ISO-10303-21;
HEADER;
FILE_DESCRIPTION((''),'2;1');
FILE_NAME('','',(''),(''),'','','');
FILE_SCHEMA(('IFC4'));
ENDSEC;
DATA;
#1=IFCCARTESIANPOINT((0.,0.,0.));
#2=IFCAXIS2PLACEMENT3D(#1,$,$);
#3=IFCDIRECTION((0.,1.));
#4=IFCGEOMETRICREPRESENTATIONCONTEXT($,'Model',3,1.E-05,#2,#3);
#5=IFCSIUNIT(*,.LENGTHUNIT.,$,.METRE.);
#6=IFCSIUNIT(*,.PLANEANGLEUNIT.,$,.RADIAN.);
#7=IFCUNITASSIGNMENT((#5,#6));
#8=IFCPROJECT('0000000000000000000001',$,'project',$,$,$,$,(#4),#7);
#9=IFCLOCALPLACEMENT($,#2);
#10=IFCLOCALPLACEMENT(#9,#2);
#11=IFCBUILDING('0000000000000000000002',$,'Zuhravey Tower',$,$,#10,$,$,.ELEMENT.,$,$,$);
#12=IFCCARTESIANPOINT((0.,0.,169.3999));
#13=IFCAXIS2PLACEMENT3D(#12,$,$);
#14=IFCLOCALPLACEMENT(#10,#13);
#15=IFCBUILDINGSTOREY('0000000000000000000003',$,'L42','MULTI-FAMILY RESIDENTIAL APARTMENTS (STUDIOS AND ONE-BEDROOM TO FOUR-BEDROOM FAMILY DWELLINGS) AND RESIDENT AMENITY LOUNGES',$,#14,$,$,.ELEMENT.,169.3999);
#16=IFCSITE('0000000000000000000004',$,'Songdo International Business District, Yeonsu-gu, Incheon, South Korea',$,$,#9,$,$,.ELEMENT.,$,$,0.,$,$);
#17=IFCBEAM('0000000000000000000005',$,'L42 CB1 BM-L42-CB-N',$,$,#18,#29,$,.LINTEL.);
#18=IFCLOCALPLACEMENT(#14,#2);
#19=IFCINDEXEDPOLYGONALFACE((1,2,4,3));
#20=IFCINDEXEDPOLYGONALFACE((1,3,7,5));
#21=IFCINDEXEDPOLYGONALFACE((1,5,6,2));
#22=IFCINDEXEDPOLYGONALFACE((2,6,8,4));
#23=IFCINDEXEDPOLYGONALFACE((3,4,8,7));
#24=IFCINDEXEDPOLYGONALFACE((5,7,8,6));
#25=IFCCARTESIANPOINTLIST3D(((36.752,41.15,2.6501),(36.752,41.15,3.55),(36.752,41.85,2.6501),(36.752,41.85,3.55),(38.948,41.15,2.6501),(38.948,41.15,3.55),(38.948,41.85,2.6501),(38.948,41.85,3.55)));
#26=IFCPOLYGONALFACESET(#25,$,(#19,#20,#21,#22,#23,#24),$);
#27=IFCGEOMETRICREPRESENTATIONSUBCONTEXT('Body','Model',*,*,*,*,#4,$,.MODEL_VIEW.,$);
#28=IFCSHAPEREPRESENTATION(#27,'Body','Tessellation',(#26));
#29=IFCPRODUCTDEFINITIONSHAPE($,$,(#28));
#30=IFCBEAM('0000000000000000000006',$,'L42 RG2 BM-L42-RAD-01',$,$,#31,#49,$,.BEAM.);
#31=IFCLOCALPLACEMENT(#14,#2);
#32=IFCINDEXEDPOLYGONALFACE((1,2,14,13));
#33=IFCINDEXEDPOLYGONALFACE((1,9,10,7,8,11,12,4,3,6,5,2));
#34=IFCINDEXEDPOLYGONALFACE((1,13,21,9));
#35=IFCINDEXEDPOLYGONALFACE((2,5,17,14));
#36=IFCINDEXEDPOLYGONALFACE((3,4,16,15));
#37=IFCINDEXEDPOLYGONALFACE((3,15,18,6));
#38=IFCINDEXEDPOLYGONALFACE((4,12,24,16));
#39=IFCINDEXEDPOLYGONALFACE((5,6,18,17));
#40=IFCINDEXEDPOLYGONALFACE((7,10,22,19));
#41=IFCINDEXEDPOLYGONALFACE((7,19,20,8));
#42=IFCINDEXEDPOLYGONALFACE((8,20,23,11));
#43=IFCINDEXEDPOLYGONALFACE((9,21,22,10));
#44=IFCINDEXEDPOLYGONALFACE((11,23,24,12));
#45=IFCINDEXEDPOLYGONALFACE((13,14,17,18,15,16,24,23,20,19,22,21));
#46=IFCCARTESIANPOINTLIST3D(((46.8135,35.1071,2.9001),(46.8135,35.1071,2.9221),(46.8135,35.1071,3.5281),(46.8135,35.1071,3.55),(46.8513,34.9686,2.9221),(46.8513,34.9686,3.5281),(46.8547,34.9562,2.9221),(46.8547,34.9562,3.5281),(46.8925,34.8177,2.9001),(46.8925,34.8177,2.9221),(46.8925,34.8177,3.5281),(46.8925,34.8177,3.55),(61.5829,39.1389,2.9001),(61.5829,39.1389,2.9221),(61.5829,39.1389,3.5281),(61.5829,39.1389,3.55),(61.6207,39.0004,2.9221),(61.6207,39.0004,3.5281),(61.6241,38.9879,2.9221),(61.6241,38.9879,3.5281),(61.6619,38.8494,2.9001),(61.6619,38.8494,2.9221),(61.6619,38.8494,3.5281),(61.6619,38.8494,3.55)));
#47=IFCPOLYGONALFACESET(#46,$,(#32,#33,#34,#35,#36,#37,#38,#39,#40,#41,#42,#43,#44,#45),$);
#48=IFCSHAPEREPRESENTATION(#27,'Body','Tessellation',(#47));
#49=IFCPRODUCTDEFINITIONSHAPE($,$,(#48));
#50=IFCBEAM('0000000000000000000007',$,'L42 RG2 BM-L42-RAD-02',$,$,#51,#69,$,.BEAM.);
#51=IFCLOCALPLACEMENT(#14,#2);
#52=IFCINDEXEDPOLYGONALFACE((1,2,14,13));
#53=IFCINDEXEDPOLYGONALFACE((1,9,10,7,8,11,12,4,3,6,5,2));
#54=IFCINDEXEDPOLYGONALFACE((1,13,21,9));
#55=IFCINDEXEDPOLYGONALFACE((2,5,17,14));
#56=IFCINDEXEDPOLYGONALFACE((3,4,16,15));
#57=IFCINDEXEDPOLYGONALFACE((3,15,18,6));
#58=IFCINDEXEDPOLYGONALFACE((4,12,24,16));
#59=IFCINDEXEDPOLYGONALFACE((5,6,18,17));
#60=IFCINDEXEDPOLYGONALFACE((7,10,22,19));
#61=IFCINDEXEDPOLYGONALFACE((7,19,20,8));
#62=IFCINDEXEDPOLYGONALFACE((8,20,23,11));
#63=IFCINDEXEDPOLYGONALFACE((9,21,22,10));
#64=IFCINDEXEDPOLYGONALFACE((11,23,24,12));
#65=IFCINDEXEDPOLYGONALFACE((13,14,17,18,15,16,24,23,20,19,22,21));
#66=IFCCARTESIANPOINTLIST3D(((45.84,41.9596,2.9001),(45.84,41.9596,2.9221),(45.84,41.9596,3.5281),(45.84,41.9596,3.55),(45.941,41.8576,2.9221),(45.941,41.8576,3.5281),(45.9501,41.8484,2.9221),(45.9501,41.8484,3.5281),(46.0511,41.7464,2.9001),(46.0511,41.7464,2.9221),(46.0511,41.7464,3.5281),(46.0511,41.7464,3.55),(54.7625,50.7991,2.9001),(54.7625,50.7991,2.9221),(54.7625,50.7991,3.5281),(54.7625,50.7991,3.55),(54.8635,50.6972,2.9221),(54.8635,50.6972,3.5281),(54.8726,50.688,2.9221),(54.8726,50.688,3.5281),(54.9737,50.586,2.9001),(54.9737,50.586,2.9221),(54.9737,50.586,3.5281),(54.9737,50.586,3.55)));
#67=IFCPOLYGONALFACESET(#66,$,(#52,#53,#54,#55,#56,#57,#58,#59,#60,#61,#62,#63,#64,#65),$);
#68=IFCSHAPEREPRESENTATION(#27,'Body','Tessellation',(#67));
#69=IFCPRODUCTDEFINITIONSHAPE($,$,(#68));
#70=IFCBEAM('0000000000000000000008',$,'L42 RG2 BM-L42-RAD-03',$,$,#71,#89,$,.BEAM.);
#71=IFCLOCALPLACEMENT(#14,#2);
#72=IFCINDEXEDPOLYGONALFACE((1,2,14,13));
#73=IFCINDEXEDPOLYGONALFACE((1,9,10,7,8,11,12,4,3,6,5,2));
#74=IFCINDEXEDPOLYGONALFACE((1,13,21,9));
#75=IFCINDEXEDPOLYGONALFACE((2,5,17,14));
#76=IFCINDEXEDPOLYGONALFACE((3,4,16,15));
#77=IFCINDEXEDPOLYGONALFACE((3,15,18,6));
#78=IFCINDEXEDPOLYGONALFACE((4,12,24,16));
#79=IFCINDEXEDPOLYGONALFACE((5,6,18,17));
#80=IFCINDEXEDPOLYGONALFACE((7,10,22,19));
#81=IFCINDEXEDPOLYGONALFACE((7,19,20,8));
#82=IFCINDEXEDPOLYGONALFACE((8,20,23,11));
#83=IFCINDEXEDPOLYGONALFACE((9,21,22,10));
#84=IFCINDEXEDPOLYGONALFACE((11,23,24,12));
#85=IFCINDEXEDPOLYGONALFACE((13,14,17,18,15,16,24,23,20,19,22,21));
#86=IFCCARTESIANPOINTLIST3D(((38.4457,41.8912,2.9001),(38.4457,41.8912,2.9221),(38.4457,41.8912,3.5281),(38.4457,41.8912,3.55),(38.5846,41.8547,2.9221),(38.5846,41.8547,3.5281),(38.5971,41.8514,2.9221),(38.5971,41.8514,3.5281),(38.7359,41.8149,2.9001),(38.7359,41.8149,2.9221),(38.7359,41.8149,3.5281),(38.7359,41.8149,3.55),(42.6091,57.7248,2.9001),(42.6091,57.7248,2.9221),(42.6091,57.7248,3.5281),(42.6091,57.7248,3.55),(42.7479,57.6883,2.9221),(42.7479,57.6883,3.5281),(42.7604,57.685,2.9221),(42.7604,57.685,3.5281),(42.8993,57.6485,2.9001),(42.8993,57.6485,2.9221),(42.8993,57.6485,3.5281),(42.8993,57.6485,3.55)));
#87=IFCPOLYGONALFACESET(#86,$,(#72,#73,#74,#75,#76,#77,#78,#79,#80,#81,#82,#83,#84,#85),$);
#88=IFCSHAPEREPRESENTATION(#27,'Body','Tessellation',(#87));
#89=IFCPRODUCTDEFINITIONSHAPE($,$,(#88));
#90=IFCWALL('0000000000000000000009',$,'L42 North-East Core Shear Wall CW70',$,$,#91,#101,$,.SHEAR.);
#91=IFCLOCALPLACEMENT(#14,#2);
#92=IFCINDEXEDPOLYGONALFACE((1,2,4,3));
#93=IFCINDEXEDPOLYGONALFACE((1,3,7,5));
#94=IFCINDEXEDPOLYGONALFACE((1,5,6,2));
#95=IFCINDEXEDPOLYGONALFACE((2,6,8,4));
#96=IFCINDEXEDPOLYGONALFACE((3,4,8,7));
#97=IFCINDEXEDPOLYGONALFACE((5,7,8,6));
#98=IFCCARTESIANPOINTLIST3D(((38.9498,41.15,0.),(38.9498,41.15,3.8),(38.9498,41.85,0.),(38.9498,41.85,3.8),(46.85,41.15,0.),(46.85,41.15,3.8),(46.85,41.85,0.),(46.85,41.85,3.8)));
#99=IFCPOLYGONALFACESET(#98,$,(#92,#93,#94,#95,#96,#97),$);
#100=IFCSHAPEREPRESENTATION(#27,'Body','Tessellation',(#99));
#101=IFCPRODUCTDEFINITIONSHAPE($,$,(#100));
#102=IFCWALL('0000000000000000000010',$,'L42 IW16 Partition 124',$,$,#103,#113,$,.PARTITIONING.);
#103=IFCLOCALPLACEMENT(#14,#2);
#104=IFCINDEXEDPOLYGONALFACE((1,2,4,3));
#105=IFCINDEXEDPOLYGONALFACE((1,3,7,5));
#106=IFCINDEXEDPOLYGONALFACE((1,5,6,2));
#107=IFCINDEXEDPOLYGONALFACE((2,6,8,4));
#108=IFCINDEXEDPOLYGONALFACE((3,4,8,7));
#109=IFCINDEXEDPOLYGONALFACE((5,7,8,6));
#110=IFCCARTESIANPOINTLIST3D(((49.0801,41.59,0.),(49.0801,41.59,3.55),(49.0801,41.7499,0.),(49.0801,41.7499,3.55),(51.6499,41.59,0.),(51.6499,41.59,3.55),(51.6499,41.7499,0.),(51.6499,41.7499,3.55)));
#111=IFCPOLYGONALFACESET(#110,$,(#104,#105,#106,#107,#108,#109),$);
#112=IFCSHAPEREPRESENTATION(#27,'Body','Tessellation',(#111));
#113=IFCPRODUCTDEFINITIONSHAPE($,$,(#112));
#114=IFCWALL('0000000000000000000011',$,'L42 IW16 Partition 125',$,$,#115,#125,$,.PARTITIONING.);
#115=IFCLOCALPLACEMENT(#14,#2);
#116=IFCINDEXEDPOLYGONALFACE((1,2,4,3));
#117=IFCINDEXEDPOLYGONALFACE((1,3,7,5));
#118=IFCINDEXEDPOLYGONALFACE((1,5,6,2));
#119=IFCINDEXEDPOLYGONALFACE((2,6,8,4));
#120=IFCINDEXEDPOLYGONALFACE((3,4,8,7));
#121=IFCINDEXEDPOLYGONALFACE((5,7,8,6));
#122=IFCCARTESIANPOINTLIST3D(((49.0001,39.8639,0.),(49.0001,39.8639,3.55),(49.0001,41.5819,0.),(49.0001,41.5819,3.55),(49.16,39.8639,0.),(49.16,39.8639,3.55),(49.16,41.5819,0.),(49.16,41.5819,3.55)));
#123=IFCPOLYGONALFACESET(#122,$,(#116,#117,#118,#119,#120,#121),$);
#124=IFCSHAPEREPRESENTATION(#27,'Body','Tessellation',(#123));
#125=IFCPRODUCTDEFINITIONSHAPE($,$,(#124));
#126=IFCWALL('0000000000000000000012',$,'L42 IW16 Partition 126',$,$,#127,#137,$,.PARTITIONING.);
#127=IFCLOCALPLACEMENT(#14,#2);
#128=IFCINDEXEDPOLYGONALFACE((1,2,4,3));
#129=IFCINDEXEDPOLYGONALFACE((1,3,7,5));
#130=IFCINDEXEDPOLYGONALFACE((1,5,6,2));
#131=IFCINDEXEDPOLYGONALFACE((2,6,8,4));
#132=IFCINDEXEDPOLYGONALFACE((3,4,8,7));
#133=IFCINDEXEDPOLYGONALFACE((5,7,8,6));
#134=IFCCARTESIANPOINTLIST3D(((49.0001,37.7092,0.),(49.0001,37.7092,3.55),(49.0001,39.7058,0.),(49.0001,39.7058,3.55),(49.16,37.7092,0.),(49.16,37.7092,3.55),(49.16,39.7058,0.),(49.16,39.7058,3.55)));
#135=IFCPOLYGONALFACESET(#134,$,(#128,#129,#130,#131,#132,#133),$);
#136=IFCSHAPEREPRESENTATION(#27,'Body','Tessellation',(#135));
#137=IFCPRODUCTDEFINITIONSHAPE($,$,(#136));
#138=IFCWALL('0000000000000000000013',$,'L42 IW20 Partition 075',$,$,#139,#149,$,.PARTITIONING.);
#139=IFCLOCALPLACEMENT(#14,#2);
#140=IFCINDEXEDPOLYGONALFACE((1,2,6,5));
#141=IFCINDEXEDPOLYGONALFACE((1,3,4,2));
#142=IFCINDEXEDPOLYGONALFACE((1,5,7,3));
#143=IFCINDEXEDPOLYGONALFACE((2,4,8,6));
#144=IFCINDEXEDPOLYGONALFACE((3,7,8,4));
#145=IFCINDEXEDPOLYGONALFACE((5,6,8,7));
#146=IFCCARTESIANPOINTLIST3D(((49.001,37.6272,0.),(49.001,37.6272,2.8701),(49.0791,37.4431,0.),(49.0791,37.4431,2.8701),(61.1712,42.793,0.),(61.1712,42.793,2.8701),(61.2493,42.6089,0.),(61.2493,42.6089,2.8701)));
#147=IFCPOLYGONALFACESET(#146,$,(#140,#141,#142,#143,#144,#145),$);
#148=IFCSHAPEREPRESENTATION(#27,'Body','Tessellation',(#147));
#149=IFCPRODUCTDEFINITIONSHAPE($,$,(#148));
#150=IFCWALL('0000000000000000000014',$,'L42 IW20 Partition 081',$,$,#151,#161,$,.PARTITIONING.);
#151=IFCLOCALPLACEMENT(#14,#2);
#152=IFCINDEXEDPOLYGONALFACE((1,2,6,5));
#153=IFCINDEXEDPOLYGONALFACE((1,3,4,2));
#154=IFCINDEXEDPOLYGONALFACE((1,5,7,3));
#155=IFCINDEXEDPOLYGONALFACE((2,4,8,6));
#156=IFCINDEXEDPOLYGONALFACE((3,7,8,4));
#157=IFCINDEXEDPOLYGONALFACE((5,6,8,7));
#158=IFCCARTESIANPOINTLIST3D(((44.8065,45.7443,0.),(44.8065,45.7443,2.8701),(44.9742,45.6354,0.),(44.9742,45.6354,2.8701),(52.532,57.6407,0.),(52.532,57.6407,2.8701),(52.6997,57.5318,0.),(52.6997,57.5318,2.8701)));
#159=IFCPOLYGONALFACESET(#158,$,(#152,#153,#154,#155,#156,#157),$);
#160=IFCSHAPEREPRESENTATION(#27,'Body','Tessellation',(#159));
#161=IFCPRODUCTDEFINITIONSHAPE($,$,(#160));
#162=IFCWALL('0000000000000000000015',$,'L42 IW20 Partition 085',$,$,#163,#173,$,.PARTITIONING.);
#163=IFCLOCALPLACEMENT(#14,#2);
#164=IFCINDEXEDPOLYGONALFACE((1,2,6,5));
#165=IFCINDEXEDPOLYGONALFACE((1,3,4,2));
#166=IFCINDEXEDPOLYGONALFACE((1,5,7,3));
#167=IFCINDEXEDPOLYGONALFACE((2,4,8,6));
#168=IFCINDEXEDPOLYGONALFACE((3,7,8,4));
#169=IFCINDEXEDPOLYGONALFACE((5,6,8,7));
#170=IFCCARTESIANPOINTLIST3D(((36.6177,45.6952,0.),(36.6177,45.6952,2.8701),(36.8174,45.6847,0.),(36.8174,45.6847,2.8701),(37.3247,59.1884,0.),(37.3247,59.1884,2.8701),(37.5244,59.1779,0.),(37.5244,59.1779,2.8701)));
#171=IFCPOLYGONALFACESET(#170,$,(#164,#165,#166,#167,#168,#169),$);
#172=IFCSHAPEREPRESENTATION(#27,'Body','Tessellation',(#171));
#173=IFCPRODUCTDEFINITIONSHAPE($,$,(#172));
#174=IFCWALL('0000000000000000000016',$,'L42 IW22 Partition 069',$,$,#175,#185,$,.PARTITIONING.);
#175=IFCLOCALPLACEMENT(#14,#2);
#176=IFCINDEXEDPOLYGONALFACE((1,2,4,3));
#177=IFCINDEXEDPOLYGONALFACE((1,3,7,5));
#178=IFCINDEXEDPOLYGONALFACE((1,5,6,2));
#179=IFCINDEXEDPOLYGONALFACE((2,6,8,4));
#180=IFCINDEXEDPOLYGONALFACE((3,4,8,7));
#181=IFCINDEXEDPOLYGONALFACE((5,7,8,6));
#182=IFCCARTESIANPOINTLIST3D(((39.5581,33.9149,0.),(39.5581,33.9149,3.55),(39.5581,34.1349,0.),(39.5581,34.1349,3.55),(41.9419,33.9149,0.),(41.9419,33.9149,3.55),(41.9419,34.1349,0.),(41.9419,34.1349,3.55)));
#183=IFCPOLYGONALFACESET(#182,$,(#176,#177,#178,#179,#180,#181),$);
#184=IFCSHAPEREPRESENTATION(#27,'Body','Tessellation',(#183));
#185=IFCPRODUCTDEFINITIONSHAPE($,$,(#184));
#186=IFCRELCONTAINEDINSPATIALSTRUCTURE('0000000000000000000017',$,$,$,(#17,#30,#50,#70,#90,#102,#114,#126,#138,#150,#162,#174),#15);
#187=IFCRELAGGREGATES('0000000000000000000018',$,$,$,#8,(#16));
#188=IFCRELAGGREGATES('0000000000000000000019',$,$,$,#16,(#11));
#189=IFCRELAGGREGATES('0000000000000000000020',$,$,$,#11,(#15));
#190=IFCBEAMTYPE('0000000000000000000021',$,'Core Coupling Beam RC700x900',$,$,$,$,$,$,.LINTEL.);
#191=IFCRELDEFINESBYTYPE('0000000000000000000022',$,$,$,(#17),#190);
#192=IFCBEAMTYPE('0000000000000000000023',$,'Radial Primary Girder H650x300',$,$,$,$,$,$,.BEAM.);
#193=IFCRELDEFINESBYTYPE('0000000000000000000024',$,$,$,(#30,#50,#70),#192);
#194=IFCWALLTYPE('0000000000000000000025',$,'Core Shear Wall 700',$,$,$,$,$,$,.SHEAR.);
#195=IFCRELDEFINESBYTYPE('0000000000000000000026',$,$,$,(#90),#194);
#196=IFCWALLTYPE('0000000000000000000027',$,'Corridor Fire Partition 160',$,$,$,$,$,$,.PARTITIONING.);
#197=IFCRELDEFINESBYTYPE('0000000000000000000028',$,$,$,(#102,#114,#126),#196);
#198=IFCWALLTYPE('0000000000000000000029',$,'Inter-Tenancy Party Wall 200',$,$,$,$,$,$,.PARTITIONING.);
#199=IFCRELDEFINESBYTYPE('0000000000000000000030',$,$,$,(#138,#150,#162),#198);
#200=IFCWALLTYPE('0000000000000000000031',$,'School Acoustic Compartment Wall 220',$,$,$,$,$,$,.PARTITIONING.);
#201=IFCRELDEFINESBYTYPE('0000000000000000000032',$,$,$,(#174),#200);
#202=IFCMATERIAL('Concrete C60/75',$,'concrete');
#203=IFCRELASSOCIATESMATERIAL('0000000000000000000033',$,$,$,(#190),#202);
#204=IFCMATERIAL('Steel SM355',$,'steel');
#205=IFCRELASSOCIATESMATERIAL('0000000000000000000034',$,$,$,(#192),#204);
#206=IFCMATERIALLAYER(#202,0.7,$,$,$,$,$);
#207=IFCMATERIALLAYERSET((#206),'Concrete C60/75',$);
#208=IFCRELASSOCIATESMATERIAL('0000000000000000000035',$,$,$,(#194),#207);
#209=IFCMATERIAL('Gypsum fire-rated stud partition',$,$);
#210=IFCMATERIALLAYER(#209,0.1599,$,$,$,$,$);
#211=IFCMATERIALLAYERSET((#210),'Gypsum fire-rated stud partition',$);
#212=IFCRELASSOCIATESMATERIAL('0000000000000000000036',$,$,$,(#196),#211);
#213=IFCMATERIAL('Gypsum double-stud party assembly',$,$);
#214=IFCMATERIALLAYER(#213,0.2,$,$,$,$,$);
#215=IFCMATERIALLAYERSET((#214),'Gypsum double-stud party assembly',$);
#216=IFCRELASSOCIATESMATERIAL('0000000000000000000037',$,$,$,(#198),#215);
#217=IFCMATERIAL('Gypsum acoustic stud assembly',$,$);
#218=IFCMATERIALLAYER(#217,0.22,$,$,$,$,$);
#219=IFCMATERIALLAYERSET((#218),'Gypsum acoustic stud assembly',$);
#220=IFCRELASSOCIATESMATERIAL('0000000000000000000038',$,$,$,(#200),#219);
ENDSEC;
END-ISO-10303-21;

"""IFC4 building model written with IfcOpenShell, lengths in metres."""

from ifc_helpers import new_model, si_unit, direction, frame, frame_2d, origin, origin_2d, place, context, subcontext, project, spatial, rectangle, i_section, extrude, material, layer, layer_set, material_profile, profile_set, type_object, element, save


model = new_model("IFC4")

# Units and contexts
model_context = context("Model", 3, precision=1e-05, world=origin(), true_north=direction((0.0, 1.0)))
body_context = subcontext(model_context, "Body", "Model", "MODEL_VIEW")
ifc_project = project(units=[si_unit("LENGTHUNIT", "METRE"), si_unit("PLANEANGLEUNIT", "RADIAN")], contexts=[model_context])

# Site, building, storey
site_placement = place(None, origin())
site = spatial("IfcSite", under=ifc_project, at=site_placement, Name="Songdo International Business District, Yeonsu-gu, Incheon, South Korea", CompositionType="ELEMENT", RefElevation=0.0)
building_placement = place(site_placement, origin())
building = spatial("IfcBuilding", under=site, at=building_placement, Name="Zuhravey Tower", CompositionType="ELEMENT")
storey_placement = place(building_placement, frame((0.0, 0.0, 169.3999)))
storey = spatial("IfcBuildingStorey", under=building, at=storey_placement, Name="L42", Description="MULTI-FAMILY RESIDENTIAL APARTMENTS (STUDIOS AND ONE-BEDROOM TO FOUR-BEDROOM FAMILY DWELLINGS) AND RESIDENT AMENITY LOUNGES", CompositionType="ELEMENT", Elevation=169.3999)

# Beams
ifc_material_1 = material(Name="Concrete C60/75", Category="concrete")
ifc_material_profile_1 = material_profile(ifc_material_1, rectangle(XDim=0.7, YDim=0.8999, at=origin_2d()), Name="RC-700x900")
ifc_profile_set_1 = profile_set([ifc_material_profile_1], Name="Concrete C60/75")
beam_type_1 = type_object("IfcBeamType", Name="Core Coupling Beam RC700x900", PredefinedType="LINTEL", material=ifc_profile_set_1)
beam_1_placement = place(storey_placement, frame((36.752, 41.5, 3.1001), z_axis=(1.0, 0.0, 0.0), x_axis=(0.0, 1.0, 0.0)))
element("IfcBeam", 1, at=beam_1_placement, inside=storey, type_object=beam_type_1, Name="L42 CB1 BM-L42-CB-N", PredefinedType="LINTEL", context=body_context, shape_type="SweptSolid", body=[
    extrude(rectangle(XDim=0.7, YDim=0.8999, at=origin_2d()), origin(), (0.0, 0.0, 1.0), 2.196),
])
ifc_material_2 = material(Name="Steel SM355", Category="steel")
ifc_material_profile_2 = material_profile(ifc_material_2, i_section(OverallWidth=0.3, OverallDepth=0.6499, WebThickness=0.0129, FlangeThickness=0.022, at=origin_2d()), Name="H-650x300x13x22")
ifc_profile_set_2 = profile_set([ifc_material_profile_2], Name="Steel SM355")
beam_type_2 = type_object("IfcBeamType", Name="Radial Primary Girder H650x300", PredefinedType="BEAM", material=ifc_profile_set_2)
beam_2_placement = place(storey_placement, frame((46.853, 34.9624, 3.2251), z_axis=(0.964702, 0.263345, 0.0), x_axis=(-0.263345, 0.964702, 0.0)))
element("IfcBeam", 2, at=beam_2_placement, inside=storey, type_object=beam_type_2, Name="L42 RG2 BM-L42-RAD-01", PredefinedType="BEAM", context=body_context, shape_type="SweptSolid", body=[
    extrude(i_section(OverallWidth=0.3, OverallDepth=0.6499, WebThickness=0.0129, FlangeThickness=0.022, at=origin_2d()), origin(), (0.0, 0.0, 1.0), 15.3098),
])
beam_3_placement = place(storey_placement, frame((45.9456, 41.853, 3.2251), z_axis=(0.710404, 0.703795, 0.0), x_axis=(-0.703795, 0.710404, 0.0)))
element("IfcBeam", 3, at=beam_3_placement, inside=storey, type_object=beam_type_2, Name="L42 RG2 BM-L42-RAD-02", PredefinedType="BEAM", context=body_context, shape_type="SweptSolid", body=[
    extrude(i_section(OverallWidth=0.3, OverallDepth=0.6499, WebThickness=0.0129, FlangeThickness=0.022, at=origin_2d()), origin(), (0.0, 0.0, 1.0), 12.5598),
])
beam_4_placement = place(storey_placement, frame((38.5908, 41.853, 3.2251), z_axis=(0.2543, 0.967125, 0.0), x_axis=(-0.967125, 0.2543, 0.0)))
element("IfcBeam", 4, at=beam_4_placement, inside=storey, type_object=beam_type_2, Name="L42 RG2 BM-L42-RAD-03", PredefinedType="BEAM", context=body_context, shape_type="SweptSolid", body=[
    extrude(i_section(OverallWidth=0.3, OverallDepth=0.6499, WebThickness=0.0129, FlangeThickness=0.022, at=origin_2d()), origin(), (0.0, 0.0, 1.0), 16.3718),
])

# Wall
ifc_layer_1 = layer(ifc_material_1, 0.7)
ifc_layer_set_1 = layer_set([ifc_layer_1], Name="Concrete C60/75")
wall_type_1 = type_object("IfcWallType", Name="Core Shear Wall 700", PredefinedType="SHEAR", material=ifc_layer_set_1)
wall_1_placement = place(storey_placement, frame((46.8501, 41.5, 0.0), z_axis=(0.0, 0.0, 1.0), x_axis=(-1.0, 0.0, 0.0)))
element("IfcWall", 5, at=wall_1_placement, inside=storey, type_object=wall_type_1, Name="L42 North-East Core Shear Wall CW70", PredefinedType="SHEAR", context=body_context, shape_type="SweptSolid", body=[
    extrude(rectangle(XDim=7.9001, YDim=0.7, at=frame_2d((3.9502, 0.0))), origin(), (0.0, 0.0, 1.0), 3.8),
])

# Shared definitions
ifc_material_3 = material(Name="Gypsum fire-rated stud partition")
ifc_layer_2 = layer(ifc_material_3, 0.1599)
ifc_layer_set_2 = layer_set([ifc_layer_2], Name="Gypsum fire-rated stud partition")
wall_type_2 = type_object("IfcWallType", Name="Corridor Fire Partition 160", PredefinedType="PARTITIONING", material=ifc_layer_set_2)

# Walls
wall_2_placement = place(storey_placement, frame((49.0801, 41.6699, 0.0), z_axis=(0.0, 0.0, 1.0), x_axis=(1.0, 0.0, 0.0)))
element("IfcWall", 6, at=wall_2_placement, inside=storey, type_object=wall_type_2, Name="L42 IW16 Partition 124", PredefinedType="PARTITIONING", context=body_context, shape_type="SweptSolid", body=[
    extrude(rectangle(XDim=2.5698, YDim=0.1599, at=frame_2d((1.2849, 0.0))), origin(), (0.0, 0.0, 1.0), 3.55),
])
wall_3_placement = place(storey_placement, frame((49.0801, 39.864, 0.0), z_axis=(0.0, 0.0, 1.0), x_axis=(0.0, 1.0, 0.0)))
element("IfcWall", 7, at=wall_3_placement, inside=storey, type_object=wall_type_2, Name="L42 IW16 Partition 125", PredefinedType="PARTITIONING", context=body_context, shape_type="SweptSolid", body=[
    extrude(rectangle(XDim=1.718, YDim=0.1599, at=frame_2d((0.8589, 0.0))), origin(), (0.0, 0.0, 1.0), 3.55),
])
wall_4_placement = place(storey_placement, frame((49.0801, 37.7092, 0.0), z_axis=(0.0, 0.0, 1.0), x_axis=(0.0, 1.0, 0.0)))
element("IfcWall", 8, at=wall_4_placement, inside=storey, type_object=wall_type_2, Name="L42 IW16 Partition 126", PredefinedType="PARTITIONING", context=body_context, shape_type="SweptSolid", body=[
    extrude(rectangle(XDim=1.9966, YDim=0.1599, at=frame_2d((0.9983, 0.0))), origin(), (0.0, 0.0, 1.0), 3.55),
])

# Walls
ifc_material_4 = material(Name="Gypsum double-stud party assembly")
ifc_layer_3 = layer(ifc_material_4, 0.2)
ifc_layer_set_3 = layer_set([ifc_layer_3], Name="Gypsum double-stud party assembly")
wall_type_3 = type_object("IfcWallType", Name="Inter-Tenancy Party Wall 200", PredefinedType="PARTITIONING", material=ifc_layer_set_3)
wall_5_placement = place(storey_placement, frame((49.04, 37.5352, 0.0), z_axis=(0.0, 0.0, 1.0), x_axis=(0.920509, 0.390721, 0.0)))
element("IfcWall", 9, at=wall_5_placement, inside=storey, type_object=wall_type_3, Name="L42 IW20 Partition 075", PredefinedType="PARTITIONING", context=body_context, shape_type="SweptSolid", body=[
    extrude(rectangle(XDim=13.2212, YDim=0.2, at=frame_2d((6.6106, 0.0))), origin(), (0.0, 0.0, 1.0), 2.8701),
])
wall_6_placement = place(storey_placement, frame((44.8904, 45.6899, 0.0), z_axis=(0.0, 0.0, 1.0), x_axis=(0.544635, 0.838673, 0.0)))
element("IfcWall", 10, at=wall_6_placement, inside=storey, type_object=wall_type_3, Name="L42 IW20 Partition 081", PredefinedType="PARTITIONING", context=body_context, shape_type="SweptSolid", body=[
    extrude(rectangle(XDim=14.1848, YDim=0.2, at=frame_2d((7.0923, 0.0))), origin(), (0.0, 0.0, 1.0), 2.8701),
])
wall_7_placement = place(storey_placement, frame((36.7175, 45.6899, 0.0), z_axis=(0.0, 0.0, 1.0), x_axis=(0.052327, 0.99863, 0.0)))
element("IfcWall", 11, at=wall_7_placement, inside=storey, type_object=wall_type_3, Name="L42 IW20 Partition 085", PredefinedType="PARTITIONING", context=body_context, shape_type="SweptSolid", body=[
    extrude(rectangle(XDim=13.5117, YDim=0.2, at=frame_2d((6.7559, 0.0))), origin(), (0.0, 0.0, 1.0), 2.8701),
])
ifc_material_5 = material(Name="Gypsum acoustic stud assembly")
ifc_layer_4 = layer(ifc_material_5, 0.22)
ifc_layer_set_4 = layer_set([ifc_layer_4], Name="Gypsum acoustic stud assembly")
wall_type_4 = type_object("IfcWallType", Name="School Acoustic Compartment Wall 220", PredefinedType="PARTITIONING", material=ifc_layer_set_4)
for number, where, z_axis, x_axis, name in (
    (12, (39.5581, 34.0249, 0.0), (0.0, 0.0, 1.0), (1.0, 0.0, 0.0), "L42 IW22 Partition 069"),
):
    element("IfcWall", number, at=place(storey_placement, frame(where, z_axis=z_axis, x_axis=x_axis)), inside=storey, type_object=wall_type_4, Name=name, PredefinedType="PARTITIONING", context=body_context, shape_type="SweptSolid", body=[
        extrude(rectangle(XDim=2.3838, YDim=0.22, at=frame_2d((1.1919, 0.0))), origin(), (0.0, 0.0, 1.0), 3.55),
    ])

save(model, "model.ifc")
